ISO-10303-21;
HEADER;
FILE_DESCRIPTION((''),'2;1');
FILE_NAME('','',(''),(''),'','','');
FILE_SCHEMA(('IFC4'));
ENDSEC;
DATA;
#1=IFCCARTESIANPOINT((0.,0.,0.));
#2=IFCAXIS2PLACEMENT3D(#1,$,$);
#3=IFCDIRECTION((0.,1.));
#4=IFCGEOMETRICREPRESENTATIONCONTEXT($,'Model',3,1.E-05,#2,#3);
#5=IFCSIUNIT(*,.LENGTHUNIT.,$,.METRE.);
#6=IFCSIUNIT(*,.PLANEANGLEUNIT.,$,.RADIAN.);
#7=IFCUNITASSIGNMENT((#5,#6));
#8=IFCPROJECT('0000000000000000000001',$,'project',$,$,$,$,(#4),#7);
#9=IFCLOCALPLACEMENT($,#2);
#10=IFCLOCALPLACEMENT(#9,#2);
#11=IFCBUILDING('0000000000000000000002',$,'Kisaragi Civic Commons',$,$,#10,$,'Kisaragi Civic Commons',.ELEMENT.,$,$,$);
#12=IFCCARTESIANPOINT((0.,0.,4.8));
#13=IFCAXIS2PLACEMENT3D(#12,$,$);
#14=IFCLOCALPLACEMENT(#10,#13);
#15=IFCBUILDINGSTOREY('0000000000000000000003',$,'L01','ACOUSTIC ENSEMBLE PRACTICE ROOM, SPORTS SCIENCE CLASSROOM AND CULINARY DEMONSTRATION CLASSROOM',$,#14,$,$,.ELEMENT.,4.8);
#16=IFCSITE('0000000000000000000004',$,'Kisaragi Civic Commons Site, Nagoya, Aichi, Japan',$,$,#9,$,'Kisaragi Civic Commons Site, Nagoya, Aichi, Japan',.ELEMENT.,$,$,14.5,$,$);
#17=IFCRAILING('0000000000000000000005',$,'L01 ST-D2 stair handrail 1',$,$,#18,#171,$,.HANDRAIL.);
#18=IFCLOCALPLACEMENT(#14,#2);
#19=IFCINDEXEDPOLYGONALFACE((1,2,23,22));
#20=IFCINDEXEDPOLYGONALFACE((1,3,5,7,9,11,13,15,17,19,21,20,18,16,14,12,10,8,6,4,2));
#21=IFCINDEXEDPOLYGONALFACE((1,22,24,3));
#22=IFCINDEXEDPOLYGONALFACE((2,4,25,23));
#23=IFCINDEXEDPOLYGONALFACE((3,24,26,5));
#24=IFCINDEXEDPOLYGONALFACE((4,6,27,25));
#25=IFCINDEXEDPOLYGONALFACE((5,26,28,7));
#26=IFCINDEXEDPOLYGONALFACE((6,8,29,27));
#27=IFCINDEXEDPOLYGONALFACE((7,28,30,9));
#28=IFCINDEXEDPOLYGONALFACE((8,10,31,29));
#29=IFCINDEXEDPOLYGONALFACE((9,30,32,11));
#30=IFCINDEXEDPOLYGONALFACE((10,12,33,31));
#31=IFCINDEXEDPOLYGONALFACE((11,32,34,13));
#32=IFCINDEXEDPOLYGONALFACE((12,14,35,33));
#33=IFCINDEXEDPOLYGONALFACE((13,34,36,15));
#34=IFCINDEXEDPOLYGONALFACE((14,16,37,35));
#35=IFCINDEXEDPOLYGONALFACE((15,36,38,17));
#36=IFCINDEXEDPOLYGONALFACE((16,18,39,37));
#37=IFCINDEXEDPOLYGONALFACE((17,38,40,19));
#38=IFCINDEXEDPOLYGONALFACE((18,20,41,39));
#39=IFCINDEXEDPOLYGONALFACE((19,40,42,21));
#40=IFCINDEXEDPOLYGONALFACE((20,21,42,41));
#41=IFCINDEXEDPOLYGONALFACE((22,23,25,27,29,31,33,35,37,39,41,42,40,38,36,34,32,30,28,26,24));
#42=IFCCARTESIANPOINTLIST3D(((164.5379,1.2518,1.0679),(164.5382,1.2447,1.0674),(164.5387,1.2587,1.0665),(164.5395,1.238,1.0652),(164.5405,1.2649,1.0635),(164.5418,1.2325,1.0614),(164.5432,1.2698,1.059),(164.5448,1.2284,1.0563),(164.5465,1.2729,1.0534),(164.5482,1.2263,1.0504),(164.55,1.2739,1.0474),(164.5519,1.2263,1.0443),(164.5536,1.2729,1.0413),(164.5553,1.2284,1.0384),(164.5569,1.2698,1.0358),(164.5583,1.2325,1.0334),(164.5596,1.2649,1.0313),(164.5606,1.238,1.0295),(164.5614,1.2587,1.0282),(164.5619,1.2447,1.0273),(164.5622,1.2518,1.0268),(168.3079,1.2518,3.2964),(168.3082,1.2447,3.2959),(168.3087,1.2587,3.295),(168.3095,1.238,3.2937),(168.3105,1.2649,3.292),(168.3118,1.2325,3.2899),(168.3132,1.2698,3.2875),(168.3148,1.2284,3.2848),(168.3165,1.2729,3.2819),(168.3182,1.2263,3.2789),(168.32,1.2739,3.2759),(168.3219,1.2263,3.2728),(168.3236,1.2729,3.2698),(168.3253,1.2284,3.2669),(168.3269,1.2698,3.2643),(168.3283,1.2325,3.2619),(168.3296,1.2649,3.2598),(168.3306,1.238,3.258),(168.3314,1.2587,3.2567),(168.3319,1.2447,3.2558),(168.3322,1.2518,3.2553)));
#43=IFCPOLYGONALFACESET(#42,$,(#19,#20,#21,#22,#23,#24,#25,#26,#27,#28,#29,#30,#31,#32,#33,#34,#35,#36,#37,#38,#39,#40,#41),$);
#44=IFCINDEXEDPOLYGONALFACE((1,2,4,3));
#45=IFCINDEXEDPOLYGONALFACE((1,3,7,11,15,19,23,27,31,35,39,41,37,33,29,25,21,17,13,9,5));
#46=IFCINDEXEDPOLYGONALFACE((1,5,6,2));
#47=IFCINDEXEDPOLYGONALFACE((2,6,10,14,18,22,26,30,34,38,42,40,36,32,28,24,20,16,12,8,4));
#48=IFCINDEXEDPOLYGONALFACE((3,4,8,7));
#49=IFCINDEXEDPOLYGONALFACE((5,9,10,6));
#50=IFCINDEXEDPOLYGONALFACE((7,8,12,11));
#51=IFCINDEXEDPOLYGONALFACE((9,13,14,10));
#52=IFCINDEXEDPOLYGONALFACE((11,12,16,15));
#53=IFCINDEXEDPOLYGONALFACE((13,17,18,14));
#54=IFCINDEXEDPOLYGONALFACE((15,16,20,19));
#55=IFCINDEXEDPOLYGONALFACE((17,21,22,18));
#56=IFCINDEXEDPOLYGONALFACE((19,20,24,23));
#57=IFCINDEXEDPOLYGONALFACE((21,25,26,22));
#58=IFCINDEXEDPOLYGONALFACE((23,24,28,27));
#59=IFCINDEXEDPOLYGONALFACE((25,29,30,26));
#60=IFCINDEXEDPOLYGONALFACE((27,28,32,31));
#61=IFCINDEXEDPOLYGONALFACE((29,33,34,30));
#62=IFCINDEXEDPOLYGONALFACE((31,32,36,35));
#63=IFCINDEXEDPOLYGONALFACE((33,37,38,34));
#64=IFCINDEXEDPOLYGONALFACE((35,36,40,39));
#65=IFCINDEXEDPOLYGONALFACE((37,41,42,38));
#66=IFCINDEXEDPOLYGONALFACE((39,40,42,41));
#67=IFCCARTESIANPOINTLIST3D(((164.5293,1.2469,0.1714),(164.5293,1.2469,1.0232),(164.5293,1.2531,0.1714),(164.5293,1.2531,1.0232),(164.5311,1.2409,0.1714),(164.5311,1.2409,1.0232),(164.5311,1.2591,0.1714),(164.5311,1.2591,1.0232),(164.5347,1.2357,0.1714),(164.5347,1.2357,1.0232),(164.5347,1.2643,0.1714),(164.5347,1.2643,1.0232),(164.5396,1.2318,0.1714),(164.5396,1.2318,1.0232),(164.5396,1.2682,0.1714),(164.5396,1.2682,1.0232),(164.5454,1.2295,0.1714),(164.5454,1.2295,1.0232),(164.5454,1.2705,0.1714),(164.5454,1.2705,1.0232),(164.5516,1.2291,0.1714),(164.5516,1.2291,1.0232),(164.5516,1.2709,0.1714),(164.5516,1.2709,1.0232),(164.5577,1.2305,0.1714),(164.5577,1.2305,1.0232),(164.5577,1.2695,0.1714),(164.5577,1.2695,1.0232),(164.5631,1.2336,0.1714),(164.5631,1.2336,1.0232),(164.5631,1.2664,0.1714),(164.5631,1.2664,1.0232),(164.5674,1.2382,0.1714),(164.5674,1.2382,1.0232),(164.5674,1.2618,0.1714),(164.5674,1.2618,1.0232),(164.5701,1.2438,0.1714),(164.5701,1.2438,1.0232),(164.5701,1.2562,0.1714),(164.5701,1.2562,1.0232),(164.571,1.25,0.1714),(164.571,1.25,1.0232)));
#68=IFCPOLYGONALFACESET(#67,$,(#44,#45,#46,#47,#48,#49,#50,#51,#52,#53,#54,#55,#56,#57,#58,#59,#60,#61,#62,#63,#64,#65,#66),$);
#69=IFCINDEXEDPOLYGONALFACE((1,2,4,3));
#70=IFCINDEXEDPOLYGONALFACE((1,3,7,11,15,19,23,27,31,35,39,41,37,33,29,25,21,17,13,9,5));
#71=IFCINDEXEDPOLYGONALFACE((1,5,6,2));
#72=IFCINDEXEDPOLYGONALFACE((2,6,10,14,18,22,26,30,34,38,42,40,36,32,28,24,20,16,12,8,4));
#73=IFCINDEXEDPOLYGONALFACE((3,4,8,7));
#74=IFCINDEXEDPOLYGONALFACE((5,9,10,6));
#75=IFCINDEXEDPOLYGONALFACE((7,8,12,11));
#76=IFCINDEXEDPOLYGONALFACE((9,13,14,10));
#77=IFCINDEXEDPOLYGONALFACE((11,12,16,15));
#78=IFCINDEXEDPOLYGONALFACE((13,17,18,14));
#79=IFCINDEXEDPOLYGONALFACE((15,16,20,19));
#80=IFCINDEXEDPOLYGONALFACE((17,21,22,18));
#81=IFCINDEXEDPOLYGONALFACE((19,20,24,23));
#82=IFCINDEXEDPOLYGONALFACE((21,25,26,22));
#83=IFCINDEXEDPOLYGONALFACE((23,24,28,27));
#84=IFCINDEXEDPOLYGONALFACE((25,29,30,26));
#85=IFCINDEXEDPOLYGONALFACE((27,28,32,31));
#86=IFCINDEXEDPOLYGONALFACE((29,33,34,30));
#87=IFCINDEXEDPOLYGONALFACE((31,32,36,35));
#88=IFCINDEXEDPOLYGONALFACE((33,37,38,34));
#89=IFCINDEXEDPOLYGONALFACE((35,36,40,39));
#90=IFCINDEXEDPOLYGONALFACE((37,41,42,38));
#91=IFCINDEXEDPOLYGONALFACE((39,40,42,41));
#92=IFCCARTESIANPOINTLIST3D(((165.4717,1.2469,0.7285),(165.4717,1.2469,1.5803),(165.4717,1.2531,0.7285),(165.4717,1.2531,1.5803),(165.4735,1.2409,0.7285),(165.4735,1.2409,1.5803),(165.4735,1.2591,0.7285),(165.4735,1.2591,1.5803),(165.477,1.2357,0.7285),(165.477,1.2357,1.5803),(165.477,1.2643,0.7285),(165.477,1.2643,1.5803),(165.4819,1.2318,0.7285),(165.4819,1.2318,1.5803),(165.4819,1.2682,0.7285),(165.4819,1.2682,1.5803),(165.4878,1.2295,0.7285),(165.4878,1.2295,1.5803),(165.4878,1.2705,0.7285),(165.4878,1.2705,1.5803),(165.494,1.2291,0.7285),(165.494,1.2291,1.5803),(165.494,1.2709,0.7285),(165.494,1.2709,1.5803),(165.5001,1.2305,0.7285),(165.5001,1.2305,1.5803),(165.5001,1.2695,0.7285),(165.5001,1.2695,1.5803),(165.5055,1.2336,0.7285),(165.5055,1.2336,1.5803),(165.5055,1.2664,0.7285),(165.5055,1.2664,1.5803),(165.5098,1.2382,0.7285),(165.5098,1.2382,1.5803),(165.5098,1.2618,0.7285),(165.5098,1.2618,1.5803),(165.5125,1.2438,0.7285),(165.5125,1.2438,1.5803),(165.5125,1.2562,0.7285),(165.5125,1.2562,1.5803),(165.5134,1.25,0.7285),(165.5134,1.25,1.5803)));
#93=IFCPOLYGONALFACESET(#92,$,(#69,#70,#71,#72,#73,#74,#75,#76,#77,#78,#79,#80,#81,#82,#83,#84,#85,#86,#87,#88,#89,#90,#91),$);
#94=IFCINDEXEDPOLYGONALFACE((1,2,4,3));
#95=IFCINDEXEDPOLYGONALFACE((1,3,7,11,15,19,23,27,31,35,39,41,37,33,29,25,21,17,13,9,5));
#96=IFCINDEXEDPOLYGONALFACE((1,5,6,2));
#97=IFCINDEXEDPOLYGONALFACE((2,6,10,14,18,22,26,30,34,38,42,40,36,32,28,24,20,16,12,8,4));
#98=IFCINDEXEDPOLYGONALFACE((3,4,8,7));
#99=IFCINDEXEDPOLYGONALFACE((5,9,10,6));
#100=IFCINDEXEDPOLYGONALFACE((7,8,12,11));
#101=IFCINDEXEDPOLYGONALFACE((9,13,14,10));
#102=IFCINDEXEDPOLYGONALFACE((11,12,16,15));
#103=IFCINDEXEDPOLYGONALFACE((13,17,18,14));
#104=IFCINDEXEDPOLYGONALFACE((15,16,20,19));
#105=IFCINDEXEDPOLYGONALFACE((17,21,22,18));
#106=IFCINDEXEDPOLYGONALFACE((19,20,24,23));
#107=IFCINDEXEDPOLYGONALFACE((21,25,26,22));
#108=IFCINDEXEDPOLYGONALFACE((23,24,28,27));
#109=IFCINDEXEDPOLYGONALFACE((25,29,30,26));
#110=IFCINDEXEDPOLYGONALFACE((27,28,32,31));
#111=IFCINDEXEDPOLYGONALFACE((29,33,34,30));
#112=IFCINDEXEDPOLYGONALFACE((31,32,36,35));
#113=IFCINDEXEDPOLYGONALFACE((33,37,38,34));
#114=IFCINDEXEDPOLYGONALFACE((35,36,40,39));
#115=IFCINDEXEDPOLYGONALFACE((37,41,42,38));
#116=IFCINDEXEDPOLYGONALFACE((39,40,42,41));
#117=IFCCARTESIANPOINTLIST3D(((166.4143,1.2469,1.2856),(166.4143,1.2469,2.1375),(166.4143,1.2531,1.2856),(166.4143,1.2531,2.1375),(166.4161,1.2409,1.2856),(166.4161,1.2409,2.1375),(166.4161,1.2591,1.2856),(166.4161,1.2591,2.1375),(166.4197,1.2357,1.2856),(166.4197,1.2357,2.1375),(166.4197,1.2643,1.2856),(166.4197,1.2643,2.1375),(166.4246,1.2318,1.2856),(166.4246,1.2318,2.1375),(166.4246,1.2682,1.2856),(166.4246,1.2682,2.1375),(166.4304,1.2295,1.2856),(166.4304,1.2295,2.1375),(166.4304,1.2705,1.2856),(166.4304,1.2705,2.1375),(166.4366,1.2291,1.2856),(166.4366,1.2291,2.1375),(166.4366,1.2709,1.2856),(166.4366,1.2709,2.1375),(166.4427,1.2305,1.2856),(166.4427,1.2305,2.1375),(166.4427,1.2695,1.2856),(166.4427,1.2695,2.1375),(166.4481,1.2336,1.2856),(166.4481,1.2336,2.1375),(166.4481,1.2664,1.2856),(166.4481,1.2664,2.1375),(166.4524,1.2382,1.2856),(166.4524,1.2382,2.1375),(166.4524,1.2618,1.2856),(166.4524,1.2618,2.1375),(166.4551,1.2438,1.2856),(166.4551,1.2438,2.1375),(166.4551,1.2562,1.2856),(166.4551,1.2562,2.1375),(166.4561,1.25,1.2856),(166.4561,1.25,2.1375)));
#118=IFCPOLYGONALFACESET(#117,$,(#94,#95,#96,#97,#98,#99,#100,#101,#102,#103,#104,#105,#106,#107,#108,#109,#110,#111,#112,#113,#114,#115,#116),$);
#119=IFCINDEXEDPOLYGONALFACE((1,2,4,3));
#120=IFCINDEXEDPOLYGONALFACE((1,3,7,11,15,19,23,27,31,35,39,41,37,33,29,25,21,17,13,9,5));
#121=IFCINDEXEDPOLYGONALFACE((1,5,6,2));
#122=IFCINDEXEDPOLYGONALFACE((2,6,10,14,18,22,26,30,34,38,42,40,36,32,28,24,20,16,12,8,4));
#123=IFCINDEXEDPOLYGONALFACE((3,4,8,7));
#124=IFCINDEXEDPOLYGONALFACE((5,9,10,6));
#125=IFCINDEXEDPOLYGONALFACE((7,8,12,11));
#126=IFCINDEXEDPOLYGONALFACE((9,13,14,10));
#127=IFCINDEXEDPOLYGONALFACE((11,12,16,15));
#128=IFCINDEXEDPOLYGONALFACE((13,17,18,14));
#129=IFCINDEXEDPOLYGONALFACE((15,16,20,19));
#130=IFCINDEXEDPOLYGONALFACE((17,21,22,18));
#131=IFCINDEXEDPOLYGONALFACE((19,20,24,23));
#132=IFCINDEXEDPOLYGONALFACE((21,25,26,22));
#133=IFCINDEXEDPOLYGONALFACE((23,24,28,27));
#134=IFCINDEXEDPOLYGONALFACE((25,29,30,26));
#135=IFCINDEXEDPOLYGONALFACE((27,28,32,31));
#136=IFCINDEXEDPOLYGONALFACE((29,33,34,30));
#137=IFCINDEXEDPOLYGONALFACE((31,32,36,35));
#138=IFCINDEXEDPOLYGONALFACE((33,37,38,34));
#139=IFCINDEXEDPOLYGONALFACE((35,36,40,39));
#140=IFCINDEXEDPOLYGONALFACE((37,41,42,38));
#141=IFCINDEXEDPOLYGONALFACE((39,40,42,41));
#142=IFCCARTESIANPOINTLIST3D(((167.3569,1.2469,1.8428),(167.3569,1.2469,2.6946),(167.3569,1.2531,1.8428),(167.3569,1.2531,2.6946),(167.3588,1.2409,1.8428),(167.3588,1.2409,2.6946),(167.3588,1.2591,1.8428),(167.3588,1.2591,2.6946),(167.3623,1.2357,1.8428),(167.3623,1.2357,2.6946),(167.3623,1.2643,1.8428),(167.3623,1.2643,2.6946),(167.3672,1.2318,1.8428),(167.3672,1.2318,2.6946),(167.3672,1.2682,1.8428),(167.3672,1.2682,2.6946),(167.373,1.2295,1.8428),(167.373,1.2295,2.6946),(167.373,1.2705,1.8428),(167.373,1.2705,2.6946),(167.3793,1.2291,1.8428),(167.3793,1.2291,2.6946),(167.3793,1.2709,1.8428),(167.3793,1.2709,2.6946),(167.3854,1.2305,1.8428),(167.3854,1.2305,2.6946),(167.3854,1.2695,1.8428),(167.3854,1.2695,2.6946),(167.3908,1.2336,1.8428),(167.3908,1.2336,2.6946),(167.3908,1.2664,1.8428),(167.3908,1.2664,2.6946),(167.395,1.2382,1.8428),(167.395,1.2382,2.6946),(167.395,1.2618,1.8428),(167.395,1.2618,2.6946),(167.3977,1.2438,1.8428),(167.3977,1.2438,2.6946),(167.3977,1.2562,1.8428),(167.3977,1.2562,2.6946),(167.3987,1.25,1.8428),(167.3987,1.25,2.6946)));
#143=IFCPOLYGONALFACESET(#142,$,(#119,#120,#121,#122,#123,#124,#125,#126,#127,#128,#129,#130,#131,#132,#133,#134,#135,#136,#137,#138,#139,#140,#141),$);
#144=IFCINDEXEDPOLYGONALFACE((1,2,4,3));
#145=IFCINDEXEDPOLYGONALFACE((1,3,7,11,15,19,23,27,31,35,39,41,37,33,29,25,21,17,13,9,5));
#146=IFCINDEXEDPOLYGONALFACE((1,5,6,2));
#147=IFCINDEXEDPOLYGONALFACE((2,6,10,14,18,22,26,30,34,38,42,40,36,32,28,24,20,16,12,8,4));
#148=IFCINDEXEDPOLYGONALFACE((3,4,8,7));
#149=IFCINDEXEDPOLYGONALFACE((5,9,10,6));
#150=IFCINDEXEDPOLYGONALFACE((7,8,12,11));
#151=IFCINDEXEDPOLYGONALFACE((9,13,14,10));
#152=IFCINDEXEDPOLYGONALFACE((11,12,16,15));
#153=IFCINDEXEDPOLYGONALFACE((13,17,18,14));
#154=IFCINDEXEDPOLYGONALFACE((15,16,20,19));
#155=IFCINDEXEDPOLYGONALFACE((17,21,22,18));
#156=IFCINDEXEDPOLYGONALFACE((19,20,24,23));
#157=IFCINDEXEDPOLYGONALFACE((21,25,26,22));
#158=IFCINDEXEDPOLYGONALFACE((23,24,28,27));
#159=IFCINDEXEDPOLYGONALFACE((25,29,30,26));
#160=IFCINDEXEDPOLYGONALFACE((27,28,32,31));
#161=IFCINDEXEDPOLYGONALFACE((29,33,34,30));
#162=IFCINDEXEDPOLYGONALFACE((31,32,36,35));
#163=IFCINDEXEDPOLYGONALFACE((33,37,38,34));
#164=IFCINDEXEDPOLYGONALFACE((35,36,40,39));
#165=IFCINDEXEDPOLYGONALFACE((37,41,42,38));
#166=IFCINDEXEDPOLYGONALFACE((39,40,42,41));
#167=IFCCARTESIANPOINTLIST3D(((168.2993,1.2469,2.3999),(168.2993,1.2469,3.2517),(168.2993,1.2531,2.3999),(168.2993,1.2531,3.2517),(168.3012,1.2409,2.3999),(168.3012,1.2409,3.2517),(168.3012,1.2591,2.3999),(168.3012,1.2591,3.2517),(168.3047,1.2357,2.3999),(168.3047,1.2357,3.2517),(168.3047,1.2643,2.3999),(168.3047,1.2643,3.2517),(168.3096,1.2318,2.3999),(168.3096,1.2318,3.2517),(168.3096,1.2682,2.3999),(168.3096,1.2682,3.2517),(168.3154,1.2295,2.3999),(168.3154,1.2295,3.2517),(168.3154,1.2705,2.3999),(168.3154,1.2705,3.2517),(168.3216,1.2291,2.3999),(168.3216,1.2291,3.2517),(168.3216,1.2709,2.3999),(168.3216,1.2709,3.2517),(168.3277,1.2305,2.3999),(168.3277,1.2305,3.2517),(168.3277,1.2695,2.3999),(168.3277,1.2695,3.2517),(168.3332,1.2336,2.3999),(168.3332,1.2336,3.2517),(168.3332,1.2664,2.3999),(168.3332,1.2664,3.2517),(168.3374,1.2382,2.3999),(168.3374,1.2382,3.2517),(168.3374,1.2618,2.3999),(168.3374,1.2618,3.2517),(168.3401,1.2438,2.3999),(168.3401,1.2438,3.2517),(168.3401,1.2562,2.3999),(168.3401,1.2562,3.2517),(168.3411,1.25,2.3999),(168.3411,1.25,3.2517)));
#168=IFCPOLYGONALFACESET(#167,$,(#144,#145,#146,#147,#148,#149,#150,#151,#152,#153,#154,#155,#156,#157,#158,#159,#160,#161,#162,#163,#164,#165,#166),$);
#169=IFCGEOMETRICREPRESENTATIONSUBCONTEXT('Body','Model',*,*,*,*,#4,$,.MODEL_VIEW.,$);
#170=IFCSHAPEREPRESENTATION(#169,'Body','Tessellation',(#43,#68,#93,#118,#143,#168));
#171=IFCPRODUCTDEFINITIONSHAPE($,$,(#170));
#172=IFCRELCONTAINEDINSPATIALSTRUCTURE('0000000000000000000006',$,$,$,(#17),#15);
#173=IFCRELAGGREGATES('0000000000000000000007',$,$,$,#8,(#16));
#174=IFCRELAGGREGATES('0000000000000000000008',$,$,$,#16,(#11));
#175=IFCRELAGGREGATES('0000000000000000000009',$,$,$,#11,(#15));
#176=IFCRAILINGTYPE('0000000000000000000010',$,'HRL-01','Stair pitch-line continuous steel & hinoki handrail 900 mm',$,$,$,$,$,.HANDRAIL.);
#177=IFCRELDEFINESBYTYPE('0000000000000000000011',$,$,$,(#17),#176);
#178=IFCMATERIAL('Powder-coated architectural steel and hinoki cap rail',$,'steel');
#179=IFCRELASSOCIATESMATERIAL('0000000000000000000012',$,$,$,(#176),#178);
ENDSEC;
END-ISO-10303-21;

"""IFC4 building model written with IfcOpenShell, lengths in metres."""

from ifc_helpers import new_model, si_unit, direction, frame, origin, origin_2d, place, context, subcontext, project, spatial, circle, extrude, material, type_object, element, save


model = new_model("IFC4")

# Units and contexts
model_context = context("Model", 3, precision=1e-05, world=origin(), true_north=direction((0.0, 1.0)))
body_context = subcontext(model_context, "Body", "Model", "MODEL_VIEW")
ifc_project = project(units=[si_unit("LENGTHUNIT", "METRE"), si_unit("PLANEANGLEUNIT", "RADIAN")], contexts=[model_context])

# Site, building, storey
site_placement = place(None, origin())
site = spatial("IfcSite", under=ifc_project, at=site_placement, Name="Kisaragi Civic Commons Site, Nagoya, Aichi, Japan", LongName="Kisaragi Civic Commons Site, Nagoya, Aichi, Japan", CompositionType="ELEMENT", RefElevation=14.5)
building_placement = place(site_placement, origin())
building = spatial("IfcBuilding", under=site, at=building_placement, Name="Kisaragi Civic Commons", LongName="Kisaragi Civic Commons", CompositionType="ELEMENT")
storey_placement = place(building_placement, frame((0.0, 0.0, 4.8)))
storey = spatial("IfcBuildingStorey", under=building, at=storey_placement, Name="L01", Description="ACOUSTIC ENSEMBLE PRACTICE ROOM, SPORTS SCIENCE CLASSROOM AND CULINARY DEMONSTRATION CLASSROOM", CompositionType="ELEMENT", Elevation=4.8)

# Railing
ifc_material_1 = material(Name="Powder-coated architectural steel and hinoki cap rail", Category="steel")
railing_type_1 = type_object("IfcRailingType", Name="HRL-01", Description="Stair pitch-line continuous steel & hinoki handrail 900 mm", PredefinedType="HANDRAIL", material=ifc_material_1)
railing_1_placement = place(storey_placement, frame((164.55, 1.25, 0.1714)))
element("IfcRailing", 1, at=railing_1_placement, inside=storey, type_object=railing_type_1, Name="L01 ST-D2 stair handrail 1", PredefinedType="HANDRAIL", context=body_context, shape_type="SweptSolid", body=[
    extrude(circle(Radius=0.0239, at=origin_2d()), frame((0.0, 0.0, 0.876), z_axis=(0.860849, 0.0, 0.508861), x_axis=(0.0, 1.0, 0.0)), (0.0, 0.0, 1.0), 4.3794),
    extrude(circle(Radius=0.021, at=origin_2d()), origin(), (0.0, 0.0, 1.0), 0.8518),
    extrude(circle(Radius=0.021, at=origin_2d()), frame((0.9424, 0.0, 0.5571)), (0.0, 0.0, 1.0), 0.8518),
    extrude(circle(Radius=0.021, at=origin_2d()), frame((1.885, 0.0, 1.1143)), (0.0, 0.0, 1.0), 0.8518),
    extrude(circle(Radius=0.021, at=origin_2d()), frame((2.8276, 0.0, 1.6714)), (0.0, 0.0, 1.0), 0.8518),
    extrude(circle(Radius=0.021, at=origin_2d()), frame((3.77, 0.0, 2.2285)), (0.0, 0.0, 1.0), 0.8518),
])

save(model, "model.ifc")
